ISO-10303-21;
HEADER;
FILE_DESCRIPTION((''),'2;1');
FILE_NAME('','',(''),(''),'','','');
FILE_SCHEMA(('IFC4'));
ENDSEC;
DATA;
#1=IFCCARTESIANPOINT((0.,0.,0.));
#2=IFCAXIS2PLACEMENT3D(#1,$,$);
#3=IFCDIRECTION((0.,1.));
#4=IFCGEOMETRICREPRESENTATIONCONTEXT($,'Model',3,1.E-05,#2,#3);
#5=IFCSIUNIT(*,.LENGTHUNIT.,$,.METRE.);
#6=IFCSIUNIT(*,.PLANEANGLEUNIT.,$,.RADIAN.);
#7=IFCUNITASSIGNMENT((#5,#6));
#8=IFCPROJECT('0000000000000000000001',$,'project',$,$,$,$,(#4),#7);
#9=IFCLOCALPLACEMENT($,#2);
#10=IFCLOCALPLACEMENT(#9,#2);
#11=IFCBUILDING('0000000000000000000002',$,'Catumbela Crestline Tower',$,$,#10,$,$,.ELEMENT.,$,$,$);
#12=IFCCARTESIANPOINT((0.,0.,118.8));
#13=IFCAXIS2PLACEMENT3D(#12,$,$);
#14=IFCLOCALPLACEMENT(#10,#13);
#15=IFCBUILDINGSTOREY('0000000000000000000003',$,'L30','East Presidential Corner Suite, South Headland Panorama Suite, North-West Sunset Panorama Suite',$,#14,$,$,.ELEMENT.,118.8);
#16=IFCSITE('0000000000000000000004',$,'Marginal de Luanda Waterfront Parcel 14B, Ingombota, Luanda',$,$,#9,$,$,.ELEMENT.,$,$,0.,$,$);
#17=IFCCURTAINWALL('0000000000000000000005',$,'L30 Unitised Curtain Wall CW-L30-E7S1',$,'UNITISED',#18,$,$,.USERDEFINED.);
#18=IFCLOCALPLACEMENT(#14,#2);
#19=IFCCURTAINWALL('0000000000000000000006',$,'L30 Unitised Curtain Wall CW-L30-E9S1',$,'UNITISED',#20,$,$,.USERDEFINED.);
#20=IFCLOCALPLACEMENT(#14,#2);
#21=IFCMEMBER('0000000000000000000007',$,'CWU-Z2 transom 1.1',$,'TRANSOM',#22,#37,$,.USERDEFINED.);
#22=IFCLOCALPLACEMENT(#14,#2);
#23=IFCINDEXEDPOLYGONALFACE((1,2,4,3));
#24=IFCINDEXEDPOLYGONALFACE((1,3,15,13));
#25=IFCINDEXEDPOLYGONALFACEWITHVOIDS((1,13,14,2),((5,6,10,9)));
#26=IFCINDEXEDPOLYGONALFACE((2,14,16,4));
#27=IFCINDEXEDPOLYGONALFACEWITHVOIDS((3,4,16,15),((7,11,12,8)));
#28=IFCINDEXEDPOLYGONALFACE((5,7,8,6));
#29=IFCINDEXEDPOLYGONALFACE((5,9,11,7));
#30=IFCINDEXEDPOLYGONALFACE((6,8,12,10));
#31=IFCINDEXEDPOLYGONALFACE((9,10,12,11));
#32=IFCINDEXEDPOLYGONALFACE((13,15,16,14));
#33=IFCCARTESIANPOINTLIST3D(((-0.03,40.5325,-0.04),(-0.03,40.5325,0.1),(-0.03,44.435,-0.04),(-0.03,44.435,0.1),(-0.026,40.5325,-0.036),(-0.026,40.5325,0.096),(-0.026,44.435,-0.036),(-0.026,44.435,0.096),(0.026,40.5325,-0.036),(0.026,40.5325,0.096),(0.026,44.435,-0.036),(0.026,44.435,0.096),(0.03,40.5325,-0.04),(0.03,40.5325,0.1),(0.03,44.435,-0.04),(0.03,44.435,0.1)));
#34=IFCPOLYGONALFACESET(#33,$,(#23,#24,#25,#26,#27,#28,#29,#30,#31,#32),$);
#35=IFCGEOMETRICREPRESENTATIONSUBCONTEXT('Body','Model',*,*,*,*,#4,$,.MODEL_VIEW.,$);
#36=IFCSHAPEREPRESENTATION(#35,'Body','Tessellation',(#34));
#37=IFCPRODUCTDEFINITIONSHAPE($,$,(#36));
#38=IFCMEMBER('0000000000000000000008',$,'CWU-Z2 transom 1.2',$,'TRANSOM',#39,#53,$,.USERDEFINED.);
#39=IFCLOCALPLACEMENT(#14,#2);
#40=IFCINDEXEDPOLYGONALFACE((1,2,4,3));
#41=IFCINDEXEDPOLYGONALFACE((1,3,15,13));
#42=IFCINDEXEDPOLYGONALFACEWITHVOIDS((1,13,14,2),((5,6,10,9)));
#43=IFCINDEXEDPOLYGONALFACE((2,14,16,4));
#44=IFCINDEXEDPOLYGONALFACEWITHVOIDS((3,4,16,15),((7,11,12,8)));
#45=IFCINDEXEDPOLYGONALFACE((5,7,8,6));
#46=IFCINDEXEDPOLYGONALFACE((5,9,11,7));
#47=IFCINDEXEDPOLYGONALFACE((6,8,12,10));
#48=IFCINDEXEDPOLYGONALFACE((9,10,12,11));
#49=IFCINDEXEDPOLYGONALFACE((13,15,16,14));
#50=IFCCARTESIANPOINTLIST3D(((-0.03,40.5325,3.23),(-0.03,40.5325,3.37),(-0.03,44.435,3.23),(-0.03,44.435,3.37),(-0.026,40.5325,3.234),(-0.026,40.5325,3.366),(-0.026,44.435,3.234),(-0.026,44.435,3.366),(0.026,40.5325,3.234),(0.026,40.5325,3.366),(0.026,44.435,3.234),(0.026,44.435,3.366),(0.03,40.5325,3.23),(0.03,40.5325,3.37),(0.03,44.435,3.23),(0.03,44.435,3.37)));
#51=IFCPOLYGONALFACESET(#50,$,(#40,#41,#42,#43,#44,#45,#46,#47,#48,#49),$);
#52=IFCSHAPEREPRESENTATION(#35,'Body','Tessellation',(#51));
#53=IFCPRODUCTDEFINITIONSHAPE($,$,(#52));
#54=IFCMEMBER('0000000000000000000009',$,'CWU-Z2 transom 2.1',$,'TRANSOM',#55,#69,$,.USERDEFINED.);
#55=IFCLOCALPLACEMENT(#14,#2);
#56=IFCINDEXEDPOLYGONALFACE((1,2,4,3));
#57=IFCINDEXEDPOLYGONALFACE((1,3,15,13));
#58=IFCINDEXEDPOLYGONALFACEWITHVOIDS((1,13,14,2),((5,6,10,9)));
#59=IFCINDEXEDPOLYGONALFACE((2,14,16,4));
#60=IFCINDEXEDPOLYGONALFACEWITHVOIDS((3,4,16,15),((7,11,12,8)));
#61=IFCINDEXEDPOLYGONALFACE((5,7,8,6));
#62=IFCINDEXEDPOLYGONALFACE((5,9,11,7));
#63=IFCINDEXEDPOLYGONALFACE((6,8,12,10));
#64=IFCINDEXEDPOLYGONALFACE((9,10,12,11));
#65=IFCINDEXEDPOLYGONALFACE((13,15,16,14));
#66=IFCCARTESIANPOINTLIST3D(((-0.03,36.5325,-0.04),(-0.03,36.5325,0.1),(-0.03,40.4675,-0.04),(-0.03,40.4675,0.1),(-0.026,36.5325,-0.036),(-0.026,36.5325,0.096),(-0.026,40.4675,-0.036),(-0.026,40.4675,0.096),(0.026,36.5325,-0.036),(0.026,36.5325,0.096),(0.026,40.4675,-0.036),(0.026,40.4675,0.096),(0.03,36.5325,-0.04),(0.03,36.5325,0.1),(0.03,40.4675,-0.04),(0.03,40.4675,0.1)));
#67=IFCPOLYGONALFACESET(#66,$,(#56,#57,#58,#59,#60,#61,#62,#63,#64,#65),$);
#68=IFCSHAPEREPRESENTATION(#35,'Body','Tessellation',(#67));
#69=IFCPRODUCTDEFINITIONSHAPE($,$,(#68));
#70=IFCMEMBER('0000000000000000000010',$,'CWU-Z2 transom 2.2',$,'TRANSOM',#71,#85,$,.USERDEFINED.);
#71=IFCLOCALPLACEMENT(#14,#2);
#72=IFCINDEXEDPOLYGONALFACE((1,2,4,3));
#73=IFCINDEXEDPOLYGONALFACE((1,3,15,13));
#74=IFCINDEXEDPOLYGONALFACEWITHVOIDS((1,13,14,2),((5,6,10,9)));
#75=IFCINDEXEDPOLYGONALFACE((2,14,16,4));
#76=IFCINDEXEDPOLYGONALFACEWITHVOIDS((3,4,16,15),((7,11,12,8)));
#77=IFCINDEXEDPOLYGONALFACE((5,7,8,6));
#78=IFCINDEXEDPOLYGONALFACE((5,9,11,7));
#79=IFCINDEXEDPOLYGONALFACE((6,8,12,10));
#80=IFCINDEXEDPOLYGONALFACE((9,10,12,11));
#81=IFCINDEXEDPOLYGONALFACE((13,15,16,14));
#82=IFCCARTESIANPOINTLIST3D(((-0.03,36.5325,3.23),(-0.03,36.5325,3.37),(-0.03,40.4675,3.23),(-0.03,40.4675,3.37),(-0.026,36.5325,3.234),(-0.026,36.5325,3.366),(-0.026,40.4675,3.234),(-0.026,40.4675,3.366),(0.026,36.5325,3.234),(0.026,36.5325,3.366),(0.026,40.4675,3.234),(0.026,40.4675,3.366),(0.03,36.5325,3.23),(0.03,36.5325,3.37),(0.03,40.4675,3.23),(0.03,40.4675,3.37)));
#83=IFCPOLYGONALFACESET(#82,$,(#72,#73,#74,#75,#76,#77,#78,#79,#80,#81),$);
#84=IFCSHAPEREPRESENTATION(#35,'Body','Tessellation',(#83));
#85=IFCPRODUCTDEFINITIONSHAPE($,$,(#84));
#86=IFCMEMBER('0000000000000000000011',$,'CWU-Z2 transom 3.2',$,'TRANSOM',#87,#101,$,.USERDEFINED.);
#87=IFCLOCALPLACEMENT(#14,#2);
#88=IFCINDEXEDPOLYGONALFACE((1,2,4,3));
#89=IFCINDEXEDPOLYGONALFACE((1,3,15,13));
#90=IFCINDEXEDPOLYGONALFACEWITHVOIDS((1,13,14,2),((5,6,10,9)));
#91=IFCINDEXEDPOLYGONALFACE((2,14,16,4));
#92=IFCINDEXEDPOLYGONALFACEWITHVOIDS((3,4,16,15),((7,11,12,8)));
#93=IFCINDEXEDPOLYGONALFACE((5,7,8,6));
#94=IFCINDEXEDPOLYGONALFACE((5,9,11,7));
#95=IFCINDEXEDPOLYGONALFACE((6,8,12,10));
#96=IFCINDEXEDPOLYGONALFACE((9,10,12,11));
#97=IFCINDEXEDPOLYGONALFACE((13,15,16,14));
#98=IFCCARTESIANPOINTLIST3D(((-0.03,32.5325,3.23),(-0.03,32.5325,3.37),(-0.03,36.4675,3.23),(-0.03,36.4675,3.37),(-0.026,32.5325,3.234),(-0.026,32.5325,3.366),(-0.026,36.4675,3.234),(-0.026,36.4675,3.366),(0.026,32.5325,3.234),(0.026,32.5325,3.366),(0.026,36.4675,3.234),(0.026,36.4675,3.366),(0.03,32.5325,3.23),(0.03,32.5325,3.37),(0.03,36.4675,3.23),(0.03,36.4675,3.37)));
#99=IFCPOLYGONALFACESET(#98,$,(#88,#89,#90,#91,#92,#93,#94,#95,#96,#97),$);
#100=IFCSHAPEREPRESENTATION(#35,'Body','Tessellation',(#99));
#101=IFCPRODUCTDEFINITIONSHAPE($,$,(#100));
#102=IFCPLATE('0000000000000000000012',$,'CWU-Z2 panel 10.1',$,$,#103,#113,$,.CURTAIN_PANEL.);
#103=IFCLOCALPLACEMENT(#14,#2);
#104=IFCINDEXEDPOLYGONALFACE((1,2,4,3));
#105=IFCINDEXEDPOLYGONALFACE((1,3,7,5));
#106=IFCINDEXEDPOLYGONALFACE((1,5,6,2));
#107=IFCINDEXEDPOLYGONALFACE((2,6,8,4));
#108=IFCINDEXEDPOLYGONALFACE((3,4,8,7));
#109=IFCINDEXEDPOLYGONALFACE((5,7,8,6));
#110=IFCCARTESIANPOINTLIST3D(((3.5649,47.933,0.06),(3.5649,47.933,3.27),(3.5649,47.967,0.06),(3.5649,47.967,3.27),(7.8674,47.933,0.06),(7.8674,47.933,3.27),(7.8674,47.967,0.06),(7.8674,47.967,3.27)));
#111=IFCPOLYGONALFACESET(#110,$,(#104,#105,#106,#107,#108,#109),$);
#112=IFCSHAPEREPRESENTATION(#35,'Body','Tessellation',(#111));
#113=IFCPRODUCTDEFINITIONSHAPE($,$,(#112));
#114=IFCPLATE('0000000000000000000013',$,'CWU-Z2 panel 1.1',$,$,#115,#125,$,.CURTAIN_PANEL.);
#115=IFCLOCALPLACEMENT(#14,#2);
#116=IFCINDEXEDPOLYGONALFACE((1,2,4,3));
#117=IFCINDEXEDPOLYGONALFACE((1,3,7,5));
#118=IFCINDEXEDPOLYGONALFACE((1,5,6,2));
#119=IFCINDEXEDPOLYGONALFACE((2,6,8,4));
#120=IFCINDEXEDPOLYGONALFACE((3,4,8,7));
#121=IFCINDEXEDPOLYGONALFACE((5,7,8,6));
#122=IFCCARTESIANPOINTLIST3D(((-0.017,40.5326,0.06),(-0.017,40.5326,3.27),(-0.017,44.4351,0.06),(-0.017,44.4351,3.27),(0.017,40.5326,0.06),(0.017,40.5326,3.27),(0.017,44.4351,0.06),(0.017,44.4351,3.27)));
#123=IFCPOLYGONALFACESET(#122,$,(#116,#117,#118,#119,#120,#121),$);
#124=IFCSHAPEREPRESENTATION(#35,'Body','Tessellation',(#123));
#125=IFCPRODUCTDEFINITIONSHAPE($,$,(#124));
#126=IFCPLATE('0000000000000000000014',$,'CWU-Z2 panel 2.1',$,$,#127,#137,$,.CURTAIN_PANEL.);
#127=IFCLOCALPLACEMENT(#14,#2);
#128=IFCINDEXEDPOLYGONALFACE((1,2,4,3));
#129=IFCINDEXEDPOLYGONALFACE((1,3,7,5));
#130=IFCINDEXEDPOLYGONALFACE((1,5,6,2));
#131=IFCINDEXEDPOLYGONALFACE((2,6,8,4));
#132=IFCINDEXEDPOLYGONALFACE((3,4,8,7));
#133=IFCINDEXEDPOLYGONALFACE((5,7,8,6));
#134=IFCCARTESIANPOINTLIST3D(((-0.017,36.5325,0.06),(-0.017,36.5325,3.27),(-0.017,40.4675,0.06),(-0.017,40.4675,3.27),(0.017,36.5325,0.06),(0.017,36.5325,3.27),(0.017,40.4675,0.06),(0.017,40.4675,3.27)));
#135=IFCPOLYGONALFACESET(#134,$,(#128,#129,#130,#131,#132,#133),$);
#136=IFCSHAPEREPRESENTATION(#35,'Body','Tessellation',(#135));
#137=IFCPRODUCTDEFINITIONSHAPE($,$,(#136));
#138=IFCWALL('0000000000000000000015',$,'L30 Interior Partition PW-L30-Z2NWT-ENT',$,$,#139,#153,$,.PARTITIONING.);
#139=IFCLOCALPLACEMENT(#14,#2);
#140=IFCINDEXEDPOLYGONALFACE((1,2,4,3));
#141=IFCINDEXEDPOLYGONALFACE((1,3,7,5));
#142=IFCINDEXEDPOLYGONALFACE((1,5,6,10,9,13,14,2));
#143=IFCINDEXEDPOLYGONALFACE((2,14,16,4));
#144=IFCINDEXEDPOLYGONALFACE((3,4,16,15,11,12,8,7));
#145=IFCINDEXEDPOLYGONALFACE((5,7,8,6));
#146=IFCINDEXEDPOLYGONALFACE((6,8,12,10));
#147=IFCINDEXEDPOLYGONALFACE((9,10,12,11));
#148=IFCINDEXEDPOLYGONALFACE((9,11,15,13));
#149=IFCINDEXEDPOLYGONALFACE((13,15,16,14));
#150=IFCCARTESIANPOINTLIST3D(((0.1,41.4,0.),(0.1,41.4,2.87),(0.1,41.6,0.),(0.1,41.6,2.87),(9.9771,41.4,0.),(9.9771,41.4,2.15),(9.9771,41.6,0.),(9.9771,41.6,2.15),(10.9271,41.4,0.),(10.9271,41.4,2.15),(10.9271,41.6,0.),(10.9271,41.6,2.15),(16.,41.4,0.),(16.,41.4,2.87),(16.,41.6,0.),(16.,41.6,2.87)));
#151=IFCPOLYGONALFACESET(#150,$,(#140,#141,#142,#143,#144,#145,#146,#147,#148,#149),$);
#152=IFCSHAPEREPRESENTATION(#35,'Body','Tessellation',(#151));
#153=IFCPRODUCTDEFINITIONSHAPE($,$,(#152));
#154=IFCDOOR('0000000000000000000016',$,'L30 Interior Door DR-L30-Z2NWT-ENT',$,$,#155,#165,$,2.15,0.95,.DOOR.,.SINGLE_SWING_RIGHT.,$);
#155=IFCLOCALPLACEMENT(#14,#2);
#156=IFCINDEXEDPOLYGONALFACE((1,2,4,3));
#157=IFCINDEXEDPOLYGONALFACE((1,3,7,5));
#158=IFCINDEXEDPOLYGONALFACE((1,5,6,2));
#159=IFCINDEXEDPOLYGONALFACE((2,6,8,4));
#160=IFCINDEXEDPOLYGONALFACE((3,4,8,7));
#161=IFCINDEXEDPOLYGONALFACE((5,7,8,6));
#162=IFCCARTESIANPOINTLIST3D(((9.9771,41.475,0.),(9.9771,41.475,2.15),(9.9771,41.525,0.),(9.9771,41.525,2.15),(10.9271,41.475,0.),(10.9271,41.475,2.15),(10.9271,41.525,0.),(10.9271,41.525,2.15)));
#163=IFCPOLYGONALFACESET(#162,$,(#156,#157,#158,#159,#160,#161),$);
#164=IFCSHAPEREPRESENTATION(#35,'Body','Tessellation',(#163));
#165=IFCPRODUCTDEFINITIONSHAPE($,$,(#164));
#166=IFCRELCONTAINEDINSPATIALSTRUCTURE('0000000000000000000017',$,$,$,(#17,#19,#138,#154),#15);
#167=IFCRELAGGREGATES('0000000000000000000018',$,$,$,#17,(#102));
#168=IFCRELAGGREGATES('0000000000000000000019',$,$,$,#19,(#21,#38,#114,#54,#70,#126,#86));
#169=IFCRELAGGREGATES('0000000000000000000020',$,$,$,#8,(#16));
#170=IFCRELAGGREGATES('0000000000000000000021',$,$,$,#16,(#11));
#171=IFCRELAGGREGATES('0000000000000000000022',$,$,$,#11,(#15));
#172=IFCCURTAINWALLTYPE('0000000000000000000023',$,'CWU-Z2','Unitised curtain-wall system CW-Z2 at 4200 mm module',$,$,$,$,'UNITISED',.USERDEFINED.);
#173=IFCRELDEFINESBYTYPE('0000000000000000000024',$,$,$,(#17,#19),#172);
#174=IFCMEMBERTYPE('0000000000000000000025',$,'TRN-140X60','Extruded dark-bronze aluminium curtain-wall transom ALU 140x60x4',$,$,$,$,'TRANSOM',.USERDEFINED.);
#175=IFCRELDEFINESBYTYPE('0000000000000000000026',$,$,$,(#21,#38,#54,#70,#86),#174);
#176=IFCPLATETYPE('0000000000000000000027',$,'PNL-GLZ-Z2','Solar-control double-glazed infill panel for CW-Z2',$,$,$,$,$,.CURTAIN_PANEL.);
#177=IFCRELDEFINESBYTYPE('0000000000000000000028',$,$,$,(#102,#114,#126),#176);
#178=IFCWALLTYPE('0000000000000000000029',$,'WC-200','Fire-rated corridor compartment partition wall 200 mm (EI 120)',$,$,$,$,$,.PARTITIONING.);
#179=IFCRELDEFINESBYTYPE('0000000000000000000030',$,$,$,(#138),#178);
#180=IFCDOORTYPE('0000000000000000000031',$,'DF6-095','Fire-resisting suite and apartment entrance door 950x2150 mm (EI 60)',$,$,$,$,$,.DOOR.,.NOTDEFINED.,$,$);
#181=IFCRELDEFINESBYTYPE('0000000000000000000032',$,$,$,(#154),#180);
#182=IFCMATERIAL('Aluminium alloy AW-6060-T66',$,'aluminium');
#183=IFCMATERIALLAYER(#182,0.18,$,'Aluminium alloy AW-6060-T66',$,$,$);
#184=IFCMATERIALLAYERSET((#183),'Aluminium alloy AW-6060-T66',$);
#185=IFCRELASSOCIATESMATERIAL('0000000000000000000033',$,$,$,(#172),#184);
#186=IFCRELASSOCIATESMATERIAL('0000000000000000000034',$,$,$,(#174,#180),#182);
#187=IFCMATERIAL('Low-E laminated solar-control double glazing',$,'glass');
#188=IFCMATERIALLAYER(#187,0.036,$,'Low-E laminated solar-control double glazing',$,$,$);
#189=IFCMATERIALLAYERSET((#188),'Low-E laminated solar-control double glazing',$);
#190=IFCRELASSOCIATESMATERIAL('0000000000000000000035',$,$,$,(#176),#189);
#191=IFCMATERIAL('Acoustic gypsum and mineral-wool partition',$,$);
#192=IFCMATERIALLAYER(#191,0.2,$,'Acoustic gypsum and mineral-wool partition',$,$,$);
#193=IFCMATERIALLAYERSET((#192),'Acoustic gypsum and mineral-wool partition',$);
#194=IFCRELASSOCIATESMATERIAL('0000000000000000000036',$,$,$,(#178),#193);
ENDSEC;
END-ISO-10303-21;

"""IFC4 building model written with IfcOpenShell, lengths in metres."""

from ifc_helpers import new_model, si_unit, direction, frame, frame_2d, origin, origin_2d, place, context, subcontext, project, spatial, rectangle, hollow_rectangle, extrude, material, layer, layer_set, material_profile, profile_set, type_object, element, fill, aggregate, save


model = new_model("IFC4")

# Units and contexts
model_context = context("Model", 3, precision=1e-05, world=origin(), true_north=direction((0.0, 1.0)))
body_context = subcontext(model_context, "Body", "Model", "MODEL_VIEW")
ifc_project = project(units=[si_unit("LENGTHUNIT", "METRE"), si_unit("PLANEANGLEUNIT", "RADIAN")], contexts=[model_context])

# Site, building, storey
site_placement = place(None, origin())
site = spatial("IfcSite", under=ifc_project, at=site_placement, Name="Marginal de Luanda Waterfront Parcel 14B, Ingombota, Luanda", CompositionType="ELEMENT", RefElevation=0.0)
building_placement = place(site_placement, origin())
building = spatial("IfcBuilding", under=site, at=building_placement, Name="Catumbela Crestline Tower", CompositionType="ELEMENT")
storey_placement = place(building_placement, frame((0.0, 0.0, 118.8)))
storey = spatial("IfcBuildingStorey", under=building, at=storey_placement, Name="L30", Description="East Presidential Corner Suite, South Headland Panorama Suite, North-West Sunset Panorama Suite", CompositionType="ELEMENT", Elevation=118.8)

# Curtain wall
ifc_material_1 = material(Name="Aluminium alloy AW-6060-T66", Category="aluminium")
ifc_layer_1 = layer(ifc_material_1, 0.18, Name="Aluminium alloy AW-6060-T66")
ifc_layer_set_1 = layer_set([ifc_layer_1], Name="Aluminium alloy AW-6060-T66")
curtain_wall_type = type_object("IfcCurtainWallType", Name="CWU-Z2", Description="Unitised curtain-wall system CW-Z2 at 4200 mm module", ElementType="UNITISED", PredefinedType="USERDEFINED", material=ifc_layer_set_1)
curtain_wall_1_placement = place(storey_placement, origin())
curtain_wall_1 = element("IfcCurtainWall", 1, at=curtain_wall_1_placement, inside=storey, type_object=curtain_wall_type, Name="L30 Unitised Curtain Wall CW-L30-E7S1", ObjectType="UNITISED", PredefinedType="USERDEFINED")

# Curtain wall
curtain_wall_2_placement = place(storey_placement, origin())
curtain_wall_2 = element("IfcCurtainWall", 2, at=curtain_wall_2_placement, inside=storey, type_object=curtain_wall_type, Name="L30 Unitised Curtain Wall CW-L30-E9S1", ObjectType="UNITISED", PredefinedType="USERDEFINED")

# Members
ifc_material_profile_1 = material_profile(ifc_material_1, hollow_rectangle(XDim=0.06, YDim=0.14, WallThickness=0.004, at=origin_2d()), Name="ALU 140x60x4")
ifc_profile_set_1 = profile_set([ifc_material_profile_1], Name="Aluminium alloy AW-6060-T66")
member_type_1 = type_object("IfcMemberType", Name="TRN-140X60", Description="Extruded dark-bronze aluminium curtain-wall transom ALU 140x60x4", ElementType="TRANSOM", PredefinedType="USERDEFINED", material=ifc_profile_set_1)
member_1_placement = place(storey_placement, frame((0.0, 44.435, 0.03), z_axis=(0.0, -1.0, 0.0), x_axis=(1.0, 0.0, 0.0)))
member_1 = element("IfcMember", 3, at=member_1_placement, type_object=member_type_1, Name="CWU-Z2 transom 1.1", ObjectType="TRANSOM", PredefinedType="USERDEFINED", context=body_context, shape_type="SweptSolid", body=[
    extrude(hollow_rectangle(XDim=0.06, YDim=0.14, WallThickness=0.004, at=origin_2d()), origin(), (0.0, 0.0, 1.0), 3.9025),
])
member_2_placement = place(storey_placement, frame((0.0, 44.435, 3.3), z_axis=(0.0, -1.0, 0.0), x_axis=(1.0, 0.0, 0.0)))
member_2 = element("IfcMember", 4, at=member_2_placement, type_object=member_type_1, Name="CWU-Z2 transom 1.2", ObjectType="TRANSOM", PredefinedType="USERDEFINED", context=body_context, shape_type="SweptSolid", body=[
    extrude(hollow_rectangle(XDim=0.06, YDim=0.14, WallThickness=0.004, at=origin_2d()), origin(), (0.0, 0.0, 1.0), 3.9025),
])
member_3_placement = place(storey_placement, frame((0.0, 40.4675, 0.03), z_axis=(0.0, -1.0, 0.0), x_axis=(1.0, 0.0, 0.0)))
member_3 = element("IfcMember", 5, at=member_3_placement, type_object=member_type_1, Name="CWU-Z2 transom 2.1", ObjectType="TRANSOM", PredefinedType="USERDEFINED", context=body_context, shape_type="SweptSolid", body=[
    extrude(hollow_rectangle(XDim=0.06, YDim=0.14, WallThickness=0.004, at=origin_2d()), origin(), (0.0, 0.0, 1.0), 3.935),
])
member_4_placement = place(storey_placement, frame((0.0, 40.4675, 3.3), z_axis=(0.0, -1.0, 0.0), x_axis=(1.0, 0.0, 0.0)))
member_4 = element("IfcMember", 6, at=member_4_placement, type_object=member_type_1, Name="CWU-Z2 transom 2.2", ObjectType="TRANSOM", PredefinedType="USERDEFINED", context=body_context, shape_type="SweptSolid", body=[
    extrude(hollow_rectangle(XDim=0.06, YDim=0.14, WallThickness=0.004, at=origin_2d()), origin(), (0.0, 0.0, 1.0), 3.935),
])
member_5_placement = place(storey_placement, frame((0.0, 36.4675, 3.3), z_axis=(0.0, -1.0, 0.0), x_axis=(1.0, 0.0, 0.0)))
member_5 = element("IfcMember", 7, at=member_5_placement, type_object=member_type_1, Name="CWU-Z2 transom 3.2", ObjectType="TRANSOM", PredefinedType="USERDEFINED", context=body_context, shape_type="SweptSolid", body=[
    extrude(hollow_rectangle(XDim=0.06, YDim=0.14, WallThickness=0.004, at=origin_2d()), origin(), (0.0, 0.0, 1.0), 3.935),
])

# Plates
ifc_material_2 = material(Name="Low-E laminated solar-control double glazing", Category="glass")
ifc_layer_2 = layer(ifc_material_2, 0.036, Name="Low-E laminated solar-control double glazing")
ifc_layer_set_2 = layer_set([ifc_layer_2], Name="Low-E laminated solar-control double glazing")
plate_type = type_object("IfcPlateType", Name="PNL-GLZ-Z2", Description="Solar-control double-glazed infill panel for CW-Z2", PredefinedType="CURTAIN_PANEL", material=ifc_layer_set_2)
plate_1_placement = place(storey_placement, frame((5.7162, 47.95, 0.06), z_axis=(0.0, 0.0, 1.0), x_axis=(-1.0, 0.0, 0.0)))
plate_1 = element("IfcPlate", 8, at=plate_1_placement, type_object=plate_type, Name="CWU-Z2 panel 10.1", PredefinedType="CURTAIN_PANEL", context=body_context, shape_type="SweptSolid", body=[
    extrude(rectangle(XDim=4.3025, YDim=0.034, at=origin_2d()), origin(), (0.0, 0.0, 1.0), 3.21),
])
aggregate(curtain_wall_1, [plate_1])
plate_2_placement = place(storey_placement, frame((0.0, 42.4838, 0.06), z_axis=(0.0, 0.0, 1.0), x_axis=(0.0, -1.0, 0.0)))
plate_2 = element("IfcPlate", 9, at=plate_2_placement, type_object=plate_type, Name="CWU-Z2 panel 1.1", PredefinedType="CURTAIN_PANEL", context=body_context, shape_type="SweptSolid", body=[
    extrude(rectangle(XDim=3.9025, YDim=0.034, at=origin_2d()), origin(), (0.0, 0.0, 1.0), 3.21),
])
plate_3_placement = place(storey_placement, frame((0.0, 38.5, 0.06), z_axis=(0.0, 0.0, 1.0), x_axis=(0.0, -1.0, 0.0)))
plate_3 = element("IfcPlate", 10, at=plate_3_placement, type_object=plate_type, Name="CWU-Z2 panel 2.1", PredefinedType="CURTAIN_PANEL", context=body_context, shape_type="SweptSolid", body=[
    extrude(rectangle(XDim=3.935, YDim=0.034, at=origin_2d()), origin(), (0.0, 0.0, 1.0), 3.21),
])
aggregate(curtain_wall_2, [member_1, member_2, plate_2, member_3, member_4, plate_3, member_5])

# Wall, opening, door
ifc_material_3 = material(Name="Acoustic gypsum and mineral-wool partition")
ifc_layer_3 = layer(ifc_material_3, 0.2, Name="Acoustic gypsum and mineral-wool partition")
ifc_layer_set_3 = layer_set([ifc_layer_3], Name="Acoustic gypsum and mineral-wool partition")
wall_type_1 = type_object("IfcWallType", Name="WC-200", Description="Fire-rated corridor compartment partition wall 200 mm (EI 120)", PredefinedType="PARTITIONING", material=ifc_layer_set_3)
wall_1_placement = place(storey_placement, frame((0.1, 41.5, 0.0), z_axis=(0.0, 0.0, 1.0), x_axis=(1.0, 0.0, 0.0)))
wall_1 = element("IfcWall", 11, at=wall_1_placement, inside=storey, type_object=wall_type_1, Name="L30 Interior Partition PW-L30-Z2NWT-ENT", PredefinedType="PARTITIONING", context=body_context, shape_type="SweptSolid", body=[
    extrude(rectangle(XDim=15.9, YDim=0.2, at=frame_2d((7.95, 0.0))), origin(), (0.0, 0.0, 1.0), 2.87),
])
opening_1_placement = place(wall_1_placement, frame((9.8771, 0.0, 0.0)))
opening_1 = element("IfcOpeningElement", 12, at=opening_1_placement, cuts=wall_1, PredefinedType="OPENING", context=body_context, shape_type="SweptSolid", body=[
    extrude(rectangle(XDim=0.95, YDim=2.15, at=frame_2d((0.475, 1.075))), frame((0.0, 0.11, 0.0), z_axis=(0.0, -1.0, 0.0), x_axis=(1.0, 0.0, 0.0)), (0.0, 0.0, 1.0), 0.22),
])
door_type_1 = type_object("IfcDoorType", Name="DF6-095", Description="Fire-resisting suite and apartment entrance door 950x2150 mm (EI 60)", OperationType="NOTDEFINED", PredefinedType="DOOR", material=ifc_material_1)
door_1_placement = place(opening_1_placement, origin())
door_1 = element("IfcDoor", 13, at=door_1_placement, inside=storey, type_object=door_type_1, Name="L30 Interior Door DR-L30-Z2NWT-ENT", OperationType="SINGLE_SWING_RIGHT", OverallHeight=2.15, OverallWidth=0.95, PredefinedType="DOOR", context=body_context, shape_type="SweptSolid", body=[
    extrude(rectangle(XDim=0.95, YDim=2.15, at=frame_2d((0.475, 1.075))), frame((0.0, 0.025, 0.0), z_axis=(0.0, -1.0, 0.0), x_axis=(1.0, 0.0, 0.0)), (0.0, 0.0, 1.0), 0.05),
])
fill(opening_1, door_1)

save(model, "model.ifc")
